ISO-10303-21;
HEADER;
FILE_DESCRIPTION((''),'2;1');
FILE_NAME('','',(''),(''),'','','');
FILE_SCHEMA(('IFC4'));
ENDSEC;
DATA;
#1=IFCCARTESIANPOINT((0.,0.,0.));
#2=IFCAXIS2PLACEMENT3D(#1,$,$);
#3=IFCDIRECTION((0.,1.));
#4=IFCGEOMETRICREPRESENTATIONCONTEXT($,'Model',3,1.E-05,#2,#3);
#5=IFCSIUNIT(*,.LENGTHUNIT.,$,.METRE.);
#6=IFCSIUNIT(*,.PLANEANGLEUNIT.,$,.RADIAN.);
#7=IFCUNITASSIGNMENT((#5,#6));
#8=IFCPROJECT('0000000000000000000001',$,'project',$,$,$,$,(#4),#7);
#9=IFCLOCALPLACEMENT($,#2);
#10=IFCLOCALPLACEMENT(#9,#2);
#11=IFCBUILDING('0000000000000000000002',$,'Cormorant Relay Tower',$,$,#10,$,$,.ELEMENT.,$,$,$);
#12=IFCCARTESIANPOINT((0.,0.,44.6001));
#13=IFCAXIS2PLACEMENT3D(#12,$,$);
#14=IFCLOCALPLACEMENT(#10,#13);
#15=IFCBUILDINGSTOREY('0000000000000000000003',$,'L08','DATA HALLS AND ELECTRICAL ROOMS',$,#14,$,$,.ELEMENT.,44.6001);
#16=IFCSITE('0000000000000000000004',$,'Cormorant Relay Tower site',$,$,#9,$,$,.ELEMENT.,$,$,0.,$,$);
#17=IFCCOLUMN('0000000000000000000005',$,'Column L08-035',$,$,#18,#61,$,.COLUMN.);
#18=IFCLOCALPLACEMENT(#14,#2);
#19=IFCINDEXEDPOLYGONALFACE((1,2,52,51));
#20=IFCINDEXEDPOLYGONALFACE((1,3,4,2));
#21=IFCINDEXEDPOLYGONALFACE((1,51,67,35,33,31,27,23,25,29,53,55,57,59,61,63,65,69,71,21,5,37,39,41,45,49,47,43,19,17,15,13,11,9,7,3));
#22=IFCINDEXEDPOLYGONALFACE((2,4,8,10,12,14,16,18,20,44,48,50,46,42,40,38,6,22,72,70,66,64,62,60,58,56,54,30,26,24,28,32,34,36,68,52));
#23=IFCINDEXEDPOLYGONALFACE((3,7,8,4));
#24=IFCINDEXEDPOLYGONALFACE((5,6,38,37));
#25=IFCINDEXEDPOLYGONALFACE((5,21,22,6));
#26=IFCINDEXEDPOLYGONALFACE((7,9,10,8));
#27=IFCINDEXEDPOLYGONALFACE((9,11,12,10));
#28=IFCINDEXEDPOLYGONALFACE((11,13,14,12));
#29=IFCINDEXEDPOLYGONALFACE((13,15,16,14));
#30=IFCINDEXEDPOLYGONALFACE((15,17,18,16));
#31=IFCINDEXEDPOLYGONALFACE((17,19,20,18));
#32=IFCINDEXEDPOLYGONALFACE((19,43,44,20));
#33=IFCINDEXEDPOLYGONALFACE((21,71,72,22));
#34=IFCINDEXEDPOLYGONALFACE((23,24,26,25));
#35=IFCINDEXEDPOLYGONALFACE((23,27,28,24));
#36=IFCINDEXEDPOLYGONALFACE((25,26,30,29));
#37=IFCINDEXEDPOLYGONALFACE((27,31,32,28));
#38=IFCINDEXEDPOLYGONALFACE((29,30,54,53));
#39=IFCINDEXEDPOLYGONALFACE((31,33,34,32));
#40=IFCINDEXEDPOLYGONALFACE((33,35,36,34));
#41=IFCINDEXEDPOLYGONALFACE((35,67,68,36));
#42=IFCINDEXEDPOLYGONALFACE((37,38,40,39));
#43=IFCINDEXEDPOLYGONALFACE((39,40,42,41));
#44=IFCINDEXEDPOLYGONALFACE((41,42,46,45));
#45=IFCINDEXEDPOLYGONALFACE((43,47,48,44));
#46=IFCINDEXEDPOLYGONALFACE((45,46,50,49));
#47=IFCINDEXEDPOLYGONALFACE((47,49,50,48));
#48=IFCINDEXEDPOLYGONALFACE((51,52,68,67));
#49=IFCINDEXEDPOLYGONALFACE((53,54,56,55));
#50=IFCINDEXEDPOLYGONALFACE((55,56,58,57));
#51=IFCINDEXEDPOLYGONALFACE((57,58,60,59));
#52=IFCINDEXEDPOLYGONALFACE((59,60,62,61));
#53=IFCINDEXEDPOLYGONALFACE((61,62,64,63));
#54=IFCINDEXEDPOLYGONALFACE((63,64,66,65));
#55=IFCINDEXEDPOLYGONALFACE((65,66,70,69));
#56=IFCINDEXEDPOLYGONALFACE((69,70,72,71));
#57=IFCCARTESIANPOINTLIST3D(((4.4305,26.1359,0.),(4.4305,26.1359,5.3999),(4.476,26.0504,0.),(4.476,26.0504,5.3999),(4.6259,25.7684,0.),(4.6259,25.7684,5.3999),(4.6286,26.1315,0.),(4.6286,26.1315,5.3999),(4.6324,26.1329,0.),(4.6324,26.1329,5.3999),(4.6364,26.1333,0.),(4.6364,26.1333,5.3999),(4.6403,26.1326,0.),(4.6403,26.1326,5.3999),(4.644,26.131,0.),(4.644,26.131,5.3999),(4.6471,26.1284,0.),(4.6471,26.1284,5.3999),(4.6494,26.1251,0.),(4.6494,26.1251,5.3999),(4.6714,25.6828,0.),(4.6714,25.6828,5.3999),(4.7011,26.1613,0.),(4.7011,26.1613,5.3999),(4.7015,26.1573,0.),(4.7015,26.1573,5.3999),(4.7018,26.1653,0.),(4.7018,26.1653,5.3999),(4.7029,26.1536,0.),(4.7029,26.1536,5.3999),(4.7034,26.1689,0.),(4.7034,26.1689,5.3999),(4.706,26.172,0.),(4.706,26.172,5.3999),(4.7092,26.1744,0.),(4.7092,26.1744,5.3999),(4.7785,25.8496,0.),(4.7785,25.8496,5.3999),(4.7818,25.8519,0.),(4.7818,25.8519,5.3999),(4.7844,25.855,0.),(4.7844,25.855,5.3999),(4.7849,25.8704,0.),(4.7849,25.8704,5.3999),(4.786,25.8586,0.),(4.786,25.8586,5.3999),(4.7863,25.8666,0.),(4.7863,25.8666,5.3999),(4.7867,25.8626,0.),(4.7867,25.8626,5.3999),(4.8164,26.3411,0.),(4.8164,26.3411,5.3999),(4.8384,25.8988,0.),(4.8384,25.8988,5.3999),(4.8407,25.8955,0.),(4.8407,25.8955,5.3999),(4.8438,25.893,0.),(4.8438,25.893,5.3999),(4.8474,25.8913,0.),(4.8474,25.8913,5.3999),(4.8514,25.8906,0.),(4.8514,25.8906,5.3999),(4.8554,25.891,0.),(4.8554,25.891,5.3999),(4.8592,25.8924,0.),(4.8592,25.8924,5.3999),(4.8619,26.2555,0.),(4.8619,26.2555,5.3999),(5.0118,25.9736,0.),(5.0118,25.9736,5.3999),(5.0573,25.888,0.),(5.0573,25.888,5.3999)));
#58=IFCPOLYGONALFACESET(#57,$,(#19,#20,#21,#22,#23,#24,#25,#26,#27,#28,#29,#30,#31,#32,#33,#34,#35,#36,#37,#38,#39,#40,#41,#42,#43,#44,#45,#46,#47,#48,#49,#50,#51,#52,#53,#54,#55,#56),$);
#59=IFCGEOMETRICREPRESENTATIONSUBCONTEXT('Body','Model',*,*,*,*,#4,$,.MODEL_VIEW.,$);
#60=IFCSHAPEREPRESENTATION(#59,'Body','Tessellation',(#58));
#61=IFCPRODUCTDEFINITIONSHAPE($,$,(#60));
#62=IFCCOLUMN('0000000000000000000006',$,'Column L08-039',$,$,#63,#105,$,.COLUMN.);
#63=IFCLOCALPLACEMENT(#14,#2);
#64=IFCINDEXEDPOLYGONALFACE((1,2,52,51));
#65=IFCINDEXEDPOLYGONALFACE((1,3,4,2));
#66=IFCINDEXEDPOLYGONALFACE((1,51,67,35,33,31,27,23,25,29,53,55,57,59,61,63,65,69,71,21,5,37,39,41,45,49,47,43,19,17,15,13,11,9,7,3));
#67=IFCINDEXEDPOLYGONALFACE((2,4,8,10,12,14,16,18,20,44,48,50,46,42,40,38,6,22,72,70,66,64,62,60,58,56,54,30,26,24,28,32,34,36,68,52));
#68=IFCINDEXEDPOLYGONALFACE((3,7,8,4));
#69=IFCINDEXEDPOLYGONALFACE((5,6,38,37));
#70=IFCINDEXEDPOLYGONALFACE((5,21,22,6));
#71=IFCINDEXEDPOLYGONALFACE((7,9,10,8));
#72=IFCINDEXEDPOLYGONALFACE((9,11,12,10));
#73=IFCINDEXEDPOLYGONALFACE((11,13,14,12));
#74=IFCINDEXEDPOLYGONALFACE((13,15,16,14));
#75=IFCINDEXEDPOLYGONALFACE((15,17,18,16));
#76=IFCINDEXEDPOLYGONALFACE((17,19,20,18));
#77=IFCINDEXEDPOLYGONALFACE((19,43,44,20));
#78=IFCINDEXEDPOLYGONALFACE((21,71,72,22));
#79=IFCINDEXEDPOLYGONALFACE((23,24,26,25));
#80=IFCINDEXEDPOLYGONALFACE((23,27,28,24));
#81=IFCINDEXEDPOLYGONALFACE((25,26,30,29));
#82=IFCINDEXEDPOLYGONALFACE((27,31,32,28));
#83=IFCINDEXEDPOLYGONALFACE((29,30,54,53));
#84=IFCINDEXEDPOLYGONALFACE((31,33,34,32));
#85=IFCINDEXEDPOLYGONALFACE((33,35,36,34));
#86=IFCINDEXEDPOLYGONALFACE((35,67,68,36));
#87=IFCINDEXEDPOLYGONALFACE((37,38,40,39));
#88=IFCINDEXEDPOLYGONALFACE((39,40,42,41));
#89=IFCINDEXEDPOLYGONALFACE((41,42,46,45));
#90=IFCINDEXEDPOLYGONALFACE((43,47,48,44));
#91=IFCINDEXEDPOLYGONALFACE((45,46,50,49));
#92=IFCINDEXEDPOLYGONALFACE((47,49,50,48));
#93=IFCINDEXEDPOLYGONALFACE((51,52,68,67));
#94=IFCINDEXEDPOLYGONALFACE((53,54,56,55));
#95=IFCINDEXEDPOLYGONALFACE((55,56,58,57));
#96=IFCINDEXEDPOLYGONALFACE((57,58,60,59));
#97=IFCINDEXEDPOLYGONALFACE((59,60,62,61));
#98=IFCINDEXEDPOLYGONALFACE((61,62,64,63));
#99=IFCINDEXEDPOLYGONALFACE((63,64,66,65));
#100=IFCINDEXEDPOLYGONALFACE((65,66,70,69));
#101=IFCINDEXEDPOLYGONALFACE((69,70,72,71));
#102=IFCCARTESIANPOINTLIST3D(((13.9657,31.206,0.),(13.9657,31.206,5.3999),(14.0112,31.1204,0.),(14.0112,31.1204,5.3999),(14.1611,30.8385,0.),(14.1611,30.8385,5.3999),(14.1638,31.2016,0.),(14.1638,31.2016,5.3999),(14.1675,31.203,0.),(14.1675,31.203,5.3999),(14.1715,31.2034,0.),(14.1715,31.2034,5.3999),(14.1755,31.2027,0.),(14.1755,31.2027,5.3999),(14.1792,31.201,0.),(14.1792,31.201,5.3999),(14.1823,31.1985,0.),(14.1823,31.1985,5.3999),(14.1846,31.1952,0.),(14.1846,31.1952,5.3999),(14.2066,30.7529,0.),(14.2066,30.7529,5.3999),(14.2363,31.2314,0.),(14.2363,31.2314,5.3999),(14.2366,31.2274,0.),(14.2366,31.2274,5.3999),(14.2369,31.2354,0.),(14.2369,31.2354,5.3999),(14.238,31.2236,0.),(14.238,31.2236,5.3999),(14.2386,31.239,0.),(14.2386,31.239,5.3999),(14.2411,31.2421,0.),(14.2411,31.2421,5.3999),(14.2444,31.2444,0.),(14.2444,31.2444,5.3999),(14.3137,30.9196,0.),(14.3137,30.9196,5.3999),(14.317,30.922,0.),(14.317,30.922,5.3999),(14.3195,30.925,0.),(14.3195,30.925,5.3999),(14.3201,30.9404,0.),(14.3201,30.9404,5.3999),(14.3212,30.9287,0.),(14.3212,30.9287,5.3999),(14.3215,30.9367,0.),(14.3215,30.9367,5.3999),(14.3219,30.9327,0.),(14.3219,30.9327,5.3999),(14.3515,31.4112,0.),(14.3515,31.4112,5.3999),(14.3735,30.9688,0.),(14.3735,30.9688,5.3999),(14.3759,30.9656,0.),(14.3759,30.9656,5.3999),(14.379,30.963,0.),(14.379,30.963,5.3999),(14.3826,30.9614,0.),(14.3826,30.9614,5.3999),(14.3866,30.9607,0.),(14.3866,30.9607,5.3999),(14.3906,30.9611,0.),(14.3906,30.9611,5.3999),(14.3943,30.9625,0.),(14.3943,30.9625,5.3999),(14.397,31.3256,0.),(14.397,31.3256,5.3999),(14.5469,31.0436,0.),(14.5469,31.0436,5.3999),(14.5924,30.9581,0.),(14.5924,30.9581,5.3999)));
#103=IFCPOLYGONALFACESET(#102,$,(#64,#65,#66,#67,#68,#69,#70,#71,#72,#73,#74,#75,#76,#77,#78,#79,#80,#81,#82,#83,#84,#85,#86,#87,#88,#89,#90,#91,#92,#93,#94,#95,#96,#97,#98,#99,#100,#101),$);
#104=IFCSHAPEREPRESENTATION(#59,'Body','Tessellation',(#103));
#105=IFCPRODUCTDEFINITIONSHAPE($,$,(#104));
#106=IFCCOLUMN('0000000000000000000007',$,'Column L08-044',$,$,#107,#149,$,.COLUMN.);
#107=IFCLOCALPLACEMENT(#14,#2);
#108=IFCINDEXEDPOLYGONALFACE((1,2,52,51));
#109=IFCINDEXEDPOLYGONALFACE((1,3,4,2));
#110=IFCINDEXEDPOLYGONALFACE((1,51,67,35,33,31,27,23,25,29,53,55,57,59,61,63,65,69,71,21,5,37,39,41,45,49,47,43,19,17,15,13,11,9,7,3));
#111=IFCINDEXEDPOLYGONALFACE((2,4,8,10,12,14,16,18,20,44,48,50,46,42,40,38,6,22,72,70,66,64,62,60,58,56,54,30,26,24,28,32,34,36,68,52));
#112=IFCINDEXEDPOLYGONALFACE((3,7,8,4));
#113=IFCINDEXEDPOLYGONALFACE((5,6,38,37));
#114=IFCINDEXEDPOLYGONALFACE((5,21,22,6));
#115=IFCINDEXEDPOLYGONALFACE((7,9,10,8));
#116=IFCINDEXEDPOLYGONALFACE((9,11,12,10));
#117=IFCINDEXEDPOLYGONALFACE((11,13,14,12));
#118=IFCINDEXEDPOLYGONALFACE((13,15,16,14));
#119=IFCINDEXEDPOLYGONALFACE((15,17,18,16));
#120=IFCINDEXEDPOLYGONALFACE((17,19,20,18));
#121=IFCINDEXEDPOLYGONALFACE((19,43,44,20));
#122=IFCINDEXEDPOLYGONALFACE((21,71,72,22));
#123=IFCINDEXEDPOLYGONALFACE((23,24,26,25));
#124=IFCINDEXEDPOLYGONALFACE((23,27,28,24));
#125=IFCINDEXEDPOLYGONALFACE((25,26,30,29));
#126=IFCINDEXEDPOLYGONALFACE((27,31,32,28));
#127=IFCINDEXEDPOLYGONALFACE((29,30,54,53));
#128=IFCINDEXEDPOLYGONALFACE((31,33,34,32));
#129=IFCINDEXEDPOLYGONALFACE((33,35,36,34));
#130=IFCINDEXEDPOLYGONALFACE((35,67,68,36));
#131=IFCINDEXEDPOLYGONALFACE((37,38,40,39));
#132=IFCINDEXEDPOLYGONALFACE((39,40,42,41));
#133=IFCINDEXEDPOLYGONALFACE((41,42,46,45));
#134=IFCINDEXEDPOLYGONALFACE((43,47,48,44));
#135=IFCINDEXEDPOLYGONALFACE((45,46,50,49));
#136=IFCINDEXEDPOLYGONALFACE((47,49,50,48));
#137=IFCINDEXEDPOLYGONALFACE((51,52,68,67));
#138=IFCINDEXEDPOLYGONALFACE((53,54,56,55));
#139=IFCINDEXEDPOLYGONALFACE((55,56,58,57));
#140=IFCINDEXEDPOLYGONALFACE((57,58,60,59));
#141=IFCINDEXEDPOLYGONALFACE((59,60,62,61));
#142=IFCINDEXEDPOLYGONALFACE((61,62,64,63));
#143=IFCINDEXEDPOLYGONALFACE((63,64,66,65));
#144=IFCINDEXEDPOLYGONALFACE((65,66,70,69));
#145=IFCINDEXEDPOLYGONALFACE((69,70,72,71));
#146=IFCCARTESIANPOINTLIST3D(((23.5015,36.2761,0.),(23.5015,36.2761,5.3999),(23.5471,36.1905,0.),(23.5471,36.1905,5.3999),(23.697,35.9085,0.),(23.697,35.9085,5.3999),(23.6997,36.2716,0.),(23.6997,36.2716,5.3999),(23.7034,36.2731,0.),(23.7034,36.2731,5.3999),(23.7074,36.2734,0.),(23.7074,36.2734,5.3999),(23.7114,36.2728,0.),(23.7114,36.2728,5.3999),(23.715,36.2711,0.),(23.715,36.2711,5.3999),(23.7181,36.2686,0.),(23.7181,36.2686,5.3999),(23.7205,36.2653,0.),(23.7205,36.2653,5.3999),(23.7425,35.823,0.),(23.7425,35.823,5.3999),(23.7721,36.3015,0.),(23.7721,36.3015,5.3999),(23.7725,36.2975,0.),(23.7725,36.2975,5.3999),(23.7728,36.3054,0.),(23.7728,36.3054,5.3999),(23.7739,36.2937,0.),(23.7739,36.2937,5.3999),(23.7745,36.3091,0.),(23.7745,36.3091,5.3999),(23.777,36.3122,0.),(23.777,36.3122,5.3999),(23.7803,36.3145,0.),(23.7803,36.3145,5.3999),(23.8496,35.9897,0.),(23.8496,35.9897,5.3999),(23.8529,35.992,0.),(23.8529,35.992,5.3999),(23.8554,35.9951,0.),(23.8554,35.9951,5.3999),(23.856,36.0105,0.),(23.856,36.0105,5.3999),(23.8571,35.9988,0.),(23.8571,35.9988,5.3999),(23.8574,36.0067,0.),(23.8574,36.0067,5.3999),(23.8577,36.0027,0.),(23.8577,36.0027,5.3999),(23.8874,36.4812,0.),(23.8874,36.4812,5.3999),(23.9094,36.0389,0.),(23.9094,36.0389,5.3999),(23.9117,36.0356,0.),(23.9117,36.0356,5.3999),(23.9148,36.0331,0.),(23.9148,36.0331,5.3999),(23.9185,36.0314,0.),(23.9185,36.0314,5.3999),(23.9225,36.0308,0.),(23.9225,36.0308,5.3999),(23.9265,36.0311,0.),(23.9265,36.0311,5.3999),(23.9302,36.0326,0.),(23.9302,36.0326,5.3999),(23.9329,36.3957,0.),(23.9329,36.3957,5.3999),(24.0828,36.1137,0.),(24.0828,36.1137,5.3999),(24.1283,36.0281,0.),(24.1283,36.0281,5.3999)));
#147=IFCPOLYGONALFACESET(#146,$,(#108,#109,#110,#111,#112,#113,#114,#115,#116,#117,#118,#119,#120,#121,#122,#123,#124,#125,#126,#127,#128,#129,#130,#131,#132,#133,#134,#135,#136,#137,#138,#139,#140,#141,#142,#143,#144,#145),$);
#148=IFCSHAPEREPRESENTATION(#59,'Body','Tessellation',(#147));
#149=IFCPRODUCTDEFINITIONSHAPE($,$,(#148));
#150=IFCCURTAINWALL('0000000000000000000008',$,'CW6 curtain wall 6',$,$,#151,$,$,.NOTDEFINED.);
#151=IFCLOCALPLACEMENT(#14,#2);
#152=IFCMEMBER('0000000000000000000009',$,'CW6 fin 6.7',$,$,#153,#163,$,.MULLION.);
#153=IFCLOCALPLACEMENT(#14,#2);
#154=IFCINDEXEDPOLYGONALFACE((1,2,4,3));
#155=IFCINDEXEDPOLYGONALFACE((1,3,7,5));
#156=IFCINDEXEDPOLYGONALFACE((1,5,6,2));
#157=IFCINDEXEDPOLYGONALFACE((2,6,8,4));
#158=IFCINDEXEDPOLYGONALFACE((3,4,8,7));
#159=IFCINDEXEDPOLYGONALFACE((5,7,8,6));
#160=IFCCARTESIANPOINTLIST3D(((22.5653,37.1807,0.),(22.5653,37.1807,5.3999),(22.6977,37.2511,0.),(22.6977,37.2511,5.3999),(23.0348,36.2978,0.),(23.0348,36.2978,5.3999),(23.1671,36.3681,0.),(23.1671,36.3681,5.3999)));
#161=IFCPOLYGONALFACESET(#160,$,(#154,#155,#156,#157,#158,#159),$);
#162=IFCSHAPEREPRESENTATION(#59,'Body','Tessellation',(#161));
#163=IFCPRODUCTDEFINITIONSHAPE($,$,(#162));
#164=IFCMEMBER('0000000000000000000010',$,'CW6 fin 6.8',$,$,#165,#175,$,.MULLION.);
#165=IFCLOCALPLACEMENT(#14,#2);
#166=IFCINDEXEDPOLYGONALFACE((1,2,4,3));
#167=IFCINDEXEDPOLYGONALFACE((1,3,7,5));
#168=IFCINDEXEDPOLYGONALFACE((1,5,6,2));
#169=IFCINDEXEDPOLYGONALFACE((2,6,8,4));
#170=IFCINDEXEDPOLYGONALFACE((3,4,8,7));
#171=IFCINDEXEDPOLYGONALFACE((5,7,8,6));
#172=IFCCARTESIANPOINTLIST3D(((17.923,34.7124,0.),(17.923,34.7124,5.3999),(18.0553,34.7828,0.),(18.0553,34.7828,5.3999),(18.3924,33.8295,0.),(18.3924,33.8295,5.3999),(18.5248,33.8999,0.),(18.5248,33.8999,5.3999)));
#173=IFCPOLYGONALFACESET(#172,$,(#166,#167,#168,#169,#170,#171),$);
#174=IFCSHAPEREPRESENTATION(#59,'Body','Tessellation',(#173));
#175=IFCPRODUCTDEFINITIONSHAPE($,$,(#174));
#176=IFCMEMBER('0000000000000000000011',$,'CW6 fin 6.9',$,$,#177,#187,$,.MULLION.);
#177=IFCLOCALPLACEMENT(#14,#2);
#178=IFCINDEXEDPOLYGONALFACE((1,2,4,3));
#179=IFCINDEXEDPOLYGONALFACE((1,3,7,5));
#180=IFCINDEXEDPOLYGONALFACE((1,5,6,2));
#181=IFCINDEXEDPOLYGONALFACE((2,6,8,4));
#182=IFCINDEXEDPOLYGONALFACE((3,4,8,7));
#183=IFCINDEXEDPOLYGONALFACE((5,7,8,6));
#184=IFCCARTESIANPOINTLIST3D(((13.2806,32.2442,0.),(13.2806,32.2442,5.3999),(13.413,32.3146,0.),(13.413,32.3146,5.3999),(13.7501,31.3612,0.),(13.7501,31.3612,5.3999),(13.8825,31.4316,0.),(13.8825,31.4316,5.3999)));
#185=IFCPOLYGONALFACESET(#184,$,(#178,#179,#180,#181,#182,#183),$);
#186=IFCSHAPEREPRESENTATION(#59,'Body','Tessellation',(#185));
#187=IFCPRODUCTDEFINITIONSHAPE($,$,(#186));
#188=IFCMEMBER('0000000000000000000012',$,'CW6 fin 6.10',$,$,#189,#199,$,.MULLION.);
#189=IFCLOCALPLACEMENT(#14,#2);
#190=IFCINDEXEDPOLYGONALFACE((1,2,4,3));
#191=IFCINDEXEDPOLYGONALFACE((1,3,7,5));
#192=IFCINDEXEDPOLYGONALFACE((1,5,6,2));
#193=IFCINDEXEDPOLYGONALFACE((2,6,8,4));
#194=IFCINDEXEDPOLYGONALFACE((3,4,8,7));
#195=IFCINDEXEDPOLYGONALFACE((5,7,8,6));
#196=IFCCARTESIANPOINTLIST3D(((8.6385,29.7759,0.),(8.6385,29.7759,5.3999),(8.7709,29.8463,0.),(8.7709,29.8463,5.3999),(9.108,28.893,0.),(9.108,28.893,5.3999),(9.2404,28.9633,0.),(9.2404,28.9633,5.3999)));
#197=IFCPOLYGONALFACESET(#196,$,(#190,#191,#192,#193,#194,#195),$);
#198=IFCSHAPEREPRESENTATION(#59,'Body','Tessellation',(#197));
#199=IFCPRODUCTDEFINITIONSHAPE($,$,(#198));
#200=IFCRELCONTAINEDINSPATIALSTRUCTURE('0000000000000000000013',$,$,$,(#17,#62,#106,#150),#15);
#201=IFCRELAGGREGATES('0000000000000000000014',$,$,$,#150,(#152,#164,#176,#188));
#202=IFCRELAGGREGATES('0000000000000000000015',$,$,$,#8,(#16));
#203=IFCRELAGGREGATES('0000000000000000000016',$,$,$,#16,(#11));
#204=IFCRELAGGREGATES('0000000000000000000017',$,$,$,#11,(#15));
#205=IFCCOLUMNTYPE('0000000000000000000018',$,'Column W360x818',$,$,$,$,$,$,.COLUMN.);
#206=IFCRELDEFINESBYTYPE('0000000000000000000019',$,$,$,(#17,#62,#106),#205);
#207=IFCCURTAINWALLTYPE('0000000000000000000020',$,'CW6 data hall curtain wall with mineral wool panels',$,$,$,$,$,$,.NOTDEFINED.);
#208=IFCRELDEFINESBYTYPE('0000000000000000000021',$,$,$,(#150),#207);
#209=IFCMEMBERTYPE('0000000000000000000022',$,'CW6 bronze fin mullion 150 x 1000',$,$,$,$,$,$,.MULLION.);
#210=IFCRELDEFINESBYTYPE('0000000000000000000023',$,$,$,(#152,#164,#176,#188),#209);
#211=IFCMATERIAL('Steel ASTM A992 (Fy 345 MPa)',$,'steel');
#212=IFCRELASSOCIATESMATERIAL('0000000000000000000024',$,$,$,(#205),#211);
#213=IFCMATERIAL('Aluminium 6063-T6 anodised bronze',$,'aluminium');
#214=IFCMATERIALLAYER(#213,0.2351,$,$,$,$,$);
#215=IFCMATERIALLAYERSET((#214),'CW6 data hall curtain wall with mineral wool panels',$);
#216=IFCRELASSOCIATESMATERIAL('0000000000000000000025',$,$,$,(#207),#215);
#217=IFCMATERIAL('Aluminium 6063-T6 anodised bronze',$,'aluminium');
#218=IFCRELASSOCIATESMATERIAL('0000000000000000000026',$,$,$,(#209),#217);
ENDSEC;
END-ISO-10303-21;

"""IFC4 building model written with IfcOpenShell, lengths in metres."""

from ifc_helpers import new_model, si_unit, direction, frame, origin, origin_2d, place, context, subcontext, project, spatial, rectangle, i_section, extrude, material, layer, layer_set, material_profile, profile_set, type_object, element, aggregate, save


model = new_model("IFC4")

# Units and contexts
model_context = context("Model", 3, precision=1e-05, world=origin(), true_north=direction((0.0, 1.0)))
body_context = subcontext(model_context, "Body", "Model", "MODEL_VIEW")
ifc_project = project(units=[si_unit("LENGTHUNIT", "METRE"), si_unit("PLANEANGLEUNIT", "RADIAN")], contexts=[model_context])

# Site, building, storey
site_placement = place(None, origin())
site = spatial("IfcSite", under=ifc_project, at=site_placement, Name="Cormorant Relay Tower site", CompositionType="ELEMENT", RefElevation=0.0)
building_placement = place(site_placement, origin())
building = spatial("IfcBuilding", under=site, at=building_placement, Name="Cormorant Relay Tower", CompositionType="ELEMENT")
storey_placement = place(building_placement, frame((0.0, 0.0, 44.6001)))
storey = spatial("IfcBuildingStorey", under=building, at=storey_placement, Name="L08", Description="DATA HALLS AND ELECTRICAL ROOMS", CompositionType="ELEMENT", Elevation=44.6001)

# Columns
ifc_material_1 = material(Name="Steel ASTM A992 (Fy 345 MPa)", Category="steel")
ifc_material_profile_1 = material_profile(ifc_material_1, i_section(OverallWidth=0.437, OverallDepth=0.5132, WebThickness=0.0605, FlangeThickness=0.0969, FilletRadius=0.0154, at=origin_2d()), Name="W360x818")
ifc_profile_set_1 = profile_set([ifc_material_profile_1], Name="Steel ASTM A992 (Fy 345 MPa)")
column_type = type_object("IfcColumnType", Name="Column W360x818", PredefinedType="COLUMN", material=ifc_profile_set_1)
for number, where, z_axis, x_axis, name in (
    (1, (4.7439, 26.012, 0.0), (0.0, 0.0, 1.0), (-0.882948, -0.469472, 0.0), "Column L08-035"),
    (2, (14.2791, 31.082, 0.0), (0.0, 0.0, 1.0), (-0.882948, -0.469472, 0.0), "Column L08-039"),
    (3, (23.8149, 36.1521, 0.0), (0.0, 0.0, 1.0), (-0.882948, -0.469472, 0.0), "Column L08-044"),
):
    element("IfcColumn", number, at=place(storey_placement, frame(where, z_axis=z_axis, x_axis=x_axis)), inside=storey, type_object=column_type, Name=name, PredefinedType="COLUMN", context=body_context, shape_type="SweptSolid", body=[
        extrude(i_section(OverallWidth=0.437, OverallDepth=0.5132, WebThickness=0.0605, FlangeThickness=0.0969, FilletRadius=0.0154, at=origin_2d()), origin(), (0.0, 0.0, 1.0), 5.3999),
    ])

# Curtain wall, members
ifc_material_2 = material(Name="Aluminium 6063-T6 anodised bronze", Category="aluminium")
ifc_layer_1 = layer(ifc_material_2, 0.2351)
ifc_layer_set_1 = layer_set([ifc_layer_1], Name="CW6 data hall curtain wall with mineral wool panels")
curtain_wall_type = type_object("IfcCurtainWallType", Name="CW6 data hall curtain wall with mineral wool panels", PredefinedType="NOTDEFINED", material=ifc_layer_set_1)
curtain_wall_1_placement = place(storey_placement, origin())
curtain_wall_1 = element("IfcCurtainWall", 4, at=curtain_wall_1_placement, inside=storey, type_object=curtain_wall_type, Name="CW6 curtain wall 6", PredefinedType="NOTDEFINED")
ifc_material_3 = material(Name="Aluminium 6063-T6 anodised bronze", Category="aluminium")
ifc_material_profile_2 = material_profile(ifc_material_3, rectangle(XDim=0.1499, YDim=1.0, at=origin_2d()), Name="AL 150x1000")
ifc_profile_set_2 = profile_set([ifc_material_profile_2], Name="Aluminium 6063-T6 anodised bronze")
member_type_1 = type_object("IfcMemberType", Name="CW6 bronze fin mullion 150 x 1000", PredefinedType="MULLION", material=ifc_profile_set_2)
member_1_placement = place(storey_placement, frame((22.8662, 36.7744, 0.0), z_axis=(0.0, 0.0, 1.0), x_axis=(-0.882948, -0.469472, 0.0)))
member_1 = element("IfcMember", 5, at=member_1_placement, type_object=member_type_1, Name="CW6 fin 6.7", PredefinedType="MULLION", context=body_context, shape_type="SweptSolid", body=[
    extrude(rectangle(XDim=0.1499, YDim=1.0, at=origin_2d()), origin(), (0.0, 0.0, 1.0), 5.3999),
])
member_2_placement = place(storey_placement, frame((18.2239, 34.3062, 0.0), z_axis=(0.0, 0.0, 1.0), x_axis=(-0.882948, -0.469472, 0.0)))
member_2 = element("IfcMember", 6, at=member_2_placement, type_object=member_type_1, Name="CW6 fin 6.8", PredefinedType="MULLION", context=body_context, shape_type="SweptSolid", body=[
    extrude(rectangle(XDim=0.1499, YDim=1.0, at=origin_2d()), origin(), (0.0, 0.0, 1.0), 5.3999),
])
member_3_placement = place(storey_placement, frame((13.5815, 31.8379, 0.0), z_axis=(0.0, 0.0, 1.0), x_axis=(-0.882948, -0.469472, 0.0)))
member_3 = element("IfcMember", 7, at=member_3_placement, type_object=member_type_1, Name="CW6 fin 6.9", PredefinedType="MULLION", context=body_context, shape_type="SweptSolid", body=[
    extrude(rectangle(XDim=0.1499, YDim=1.0, at=origin_2d()), origin(), (0.0, 0.0, 1.0), 5.3999),
])
member_4_placement = place(storey_placement, frame((8.9395, 29.3696, 0.0), z_axis=(0.0, 0.0, 1.0), x_axis=(-0.882948, -0.469472, 0.0)))
member_4 = element("IfcMember", 8, at=member_4_placement, type_object=member_type_1, Name="CW6 fin 6.10", PredefinedType="MULLION", context=body_context, shape_type="SweptSolid", body=[
    extrude(rectangle(XDim=0.1499, YDim=1.0, at=origin_2d()), origin(), (0.0, 0.0, 1.0), 5.3999),
])

aggregate(curtain_wall_1, [member_1, member_2, member_3, member_4])

save(model, "model.ifc")
